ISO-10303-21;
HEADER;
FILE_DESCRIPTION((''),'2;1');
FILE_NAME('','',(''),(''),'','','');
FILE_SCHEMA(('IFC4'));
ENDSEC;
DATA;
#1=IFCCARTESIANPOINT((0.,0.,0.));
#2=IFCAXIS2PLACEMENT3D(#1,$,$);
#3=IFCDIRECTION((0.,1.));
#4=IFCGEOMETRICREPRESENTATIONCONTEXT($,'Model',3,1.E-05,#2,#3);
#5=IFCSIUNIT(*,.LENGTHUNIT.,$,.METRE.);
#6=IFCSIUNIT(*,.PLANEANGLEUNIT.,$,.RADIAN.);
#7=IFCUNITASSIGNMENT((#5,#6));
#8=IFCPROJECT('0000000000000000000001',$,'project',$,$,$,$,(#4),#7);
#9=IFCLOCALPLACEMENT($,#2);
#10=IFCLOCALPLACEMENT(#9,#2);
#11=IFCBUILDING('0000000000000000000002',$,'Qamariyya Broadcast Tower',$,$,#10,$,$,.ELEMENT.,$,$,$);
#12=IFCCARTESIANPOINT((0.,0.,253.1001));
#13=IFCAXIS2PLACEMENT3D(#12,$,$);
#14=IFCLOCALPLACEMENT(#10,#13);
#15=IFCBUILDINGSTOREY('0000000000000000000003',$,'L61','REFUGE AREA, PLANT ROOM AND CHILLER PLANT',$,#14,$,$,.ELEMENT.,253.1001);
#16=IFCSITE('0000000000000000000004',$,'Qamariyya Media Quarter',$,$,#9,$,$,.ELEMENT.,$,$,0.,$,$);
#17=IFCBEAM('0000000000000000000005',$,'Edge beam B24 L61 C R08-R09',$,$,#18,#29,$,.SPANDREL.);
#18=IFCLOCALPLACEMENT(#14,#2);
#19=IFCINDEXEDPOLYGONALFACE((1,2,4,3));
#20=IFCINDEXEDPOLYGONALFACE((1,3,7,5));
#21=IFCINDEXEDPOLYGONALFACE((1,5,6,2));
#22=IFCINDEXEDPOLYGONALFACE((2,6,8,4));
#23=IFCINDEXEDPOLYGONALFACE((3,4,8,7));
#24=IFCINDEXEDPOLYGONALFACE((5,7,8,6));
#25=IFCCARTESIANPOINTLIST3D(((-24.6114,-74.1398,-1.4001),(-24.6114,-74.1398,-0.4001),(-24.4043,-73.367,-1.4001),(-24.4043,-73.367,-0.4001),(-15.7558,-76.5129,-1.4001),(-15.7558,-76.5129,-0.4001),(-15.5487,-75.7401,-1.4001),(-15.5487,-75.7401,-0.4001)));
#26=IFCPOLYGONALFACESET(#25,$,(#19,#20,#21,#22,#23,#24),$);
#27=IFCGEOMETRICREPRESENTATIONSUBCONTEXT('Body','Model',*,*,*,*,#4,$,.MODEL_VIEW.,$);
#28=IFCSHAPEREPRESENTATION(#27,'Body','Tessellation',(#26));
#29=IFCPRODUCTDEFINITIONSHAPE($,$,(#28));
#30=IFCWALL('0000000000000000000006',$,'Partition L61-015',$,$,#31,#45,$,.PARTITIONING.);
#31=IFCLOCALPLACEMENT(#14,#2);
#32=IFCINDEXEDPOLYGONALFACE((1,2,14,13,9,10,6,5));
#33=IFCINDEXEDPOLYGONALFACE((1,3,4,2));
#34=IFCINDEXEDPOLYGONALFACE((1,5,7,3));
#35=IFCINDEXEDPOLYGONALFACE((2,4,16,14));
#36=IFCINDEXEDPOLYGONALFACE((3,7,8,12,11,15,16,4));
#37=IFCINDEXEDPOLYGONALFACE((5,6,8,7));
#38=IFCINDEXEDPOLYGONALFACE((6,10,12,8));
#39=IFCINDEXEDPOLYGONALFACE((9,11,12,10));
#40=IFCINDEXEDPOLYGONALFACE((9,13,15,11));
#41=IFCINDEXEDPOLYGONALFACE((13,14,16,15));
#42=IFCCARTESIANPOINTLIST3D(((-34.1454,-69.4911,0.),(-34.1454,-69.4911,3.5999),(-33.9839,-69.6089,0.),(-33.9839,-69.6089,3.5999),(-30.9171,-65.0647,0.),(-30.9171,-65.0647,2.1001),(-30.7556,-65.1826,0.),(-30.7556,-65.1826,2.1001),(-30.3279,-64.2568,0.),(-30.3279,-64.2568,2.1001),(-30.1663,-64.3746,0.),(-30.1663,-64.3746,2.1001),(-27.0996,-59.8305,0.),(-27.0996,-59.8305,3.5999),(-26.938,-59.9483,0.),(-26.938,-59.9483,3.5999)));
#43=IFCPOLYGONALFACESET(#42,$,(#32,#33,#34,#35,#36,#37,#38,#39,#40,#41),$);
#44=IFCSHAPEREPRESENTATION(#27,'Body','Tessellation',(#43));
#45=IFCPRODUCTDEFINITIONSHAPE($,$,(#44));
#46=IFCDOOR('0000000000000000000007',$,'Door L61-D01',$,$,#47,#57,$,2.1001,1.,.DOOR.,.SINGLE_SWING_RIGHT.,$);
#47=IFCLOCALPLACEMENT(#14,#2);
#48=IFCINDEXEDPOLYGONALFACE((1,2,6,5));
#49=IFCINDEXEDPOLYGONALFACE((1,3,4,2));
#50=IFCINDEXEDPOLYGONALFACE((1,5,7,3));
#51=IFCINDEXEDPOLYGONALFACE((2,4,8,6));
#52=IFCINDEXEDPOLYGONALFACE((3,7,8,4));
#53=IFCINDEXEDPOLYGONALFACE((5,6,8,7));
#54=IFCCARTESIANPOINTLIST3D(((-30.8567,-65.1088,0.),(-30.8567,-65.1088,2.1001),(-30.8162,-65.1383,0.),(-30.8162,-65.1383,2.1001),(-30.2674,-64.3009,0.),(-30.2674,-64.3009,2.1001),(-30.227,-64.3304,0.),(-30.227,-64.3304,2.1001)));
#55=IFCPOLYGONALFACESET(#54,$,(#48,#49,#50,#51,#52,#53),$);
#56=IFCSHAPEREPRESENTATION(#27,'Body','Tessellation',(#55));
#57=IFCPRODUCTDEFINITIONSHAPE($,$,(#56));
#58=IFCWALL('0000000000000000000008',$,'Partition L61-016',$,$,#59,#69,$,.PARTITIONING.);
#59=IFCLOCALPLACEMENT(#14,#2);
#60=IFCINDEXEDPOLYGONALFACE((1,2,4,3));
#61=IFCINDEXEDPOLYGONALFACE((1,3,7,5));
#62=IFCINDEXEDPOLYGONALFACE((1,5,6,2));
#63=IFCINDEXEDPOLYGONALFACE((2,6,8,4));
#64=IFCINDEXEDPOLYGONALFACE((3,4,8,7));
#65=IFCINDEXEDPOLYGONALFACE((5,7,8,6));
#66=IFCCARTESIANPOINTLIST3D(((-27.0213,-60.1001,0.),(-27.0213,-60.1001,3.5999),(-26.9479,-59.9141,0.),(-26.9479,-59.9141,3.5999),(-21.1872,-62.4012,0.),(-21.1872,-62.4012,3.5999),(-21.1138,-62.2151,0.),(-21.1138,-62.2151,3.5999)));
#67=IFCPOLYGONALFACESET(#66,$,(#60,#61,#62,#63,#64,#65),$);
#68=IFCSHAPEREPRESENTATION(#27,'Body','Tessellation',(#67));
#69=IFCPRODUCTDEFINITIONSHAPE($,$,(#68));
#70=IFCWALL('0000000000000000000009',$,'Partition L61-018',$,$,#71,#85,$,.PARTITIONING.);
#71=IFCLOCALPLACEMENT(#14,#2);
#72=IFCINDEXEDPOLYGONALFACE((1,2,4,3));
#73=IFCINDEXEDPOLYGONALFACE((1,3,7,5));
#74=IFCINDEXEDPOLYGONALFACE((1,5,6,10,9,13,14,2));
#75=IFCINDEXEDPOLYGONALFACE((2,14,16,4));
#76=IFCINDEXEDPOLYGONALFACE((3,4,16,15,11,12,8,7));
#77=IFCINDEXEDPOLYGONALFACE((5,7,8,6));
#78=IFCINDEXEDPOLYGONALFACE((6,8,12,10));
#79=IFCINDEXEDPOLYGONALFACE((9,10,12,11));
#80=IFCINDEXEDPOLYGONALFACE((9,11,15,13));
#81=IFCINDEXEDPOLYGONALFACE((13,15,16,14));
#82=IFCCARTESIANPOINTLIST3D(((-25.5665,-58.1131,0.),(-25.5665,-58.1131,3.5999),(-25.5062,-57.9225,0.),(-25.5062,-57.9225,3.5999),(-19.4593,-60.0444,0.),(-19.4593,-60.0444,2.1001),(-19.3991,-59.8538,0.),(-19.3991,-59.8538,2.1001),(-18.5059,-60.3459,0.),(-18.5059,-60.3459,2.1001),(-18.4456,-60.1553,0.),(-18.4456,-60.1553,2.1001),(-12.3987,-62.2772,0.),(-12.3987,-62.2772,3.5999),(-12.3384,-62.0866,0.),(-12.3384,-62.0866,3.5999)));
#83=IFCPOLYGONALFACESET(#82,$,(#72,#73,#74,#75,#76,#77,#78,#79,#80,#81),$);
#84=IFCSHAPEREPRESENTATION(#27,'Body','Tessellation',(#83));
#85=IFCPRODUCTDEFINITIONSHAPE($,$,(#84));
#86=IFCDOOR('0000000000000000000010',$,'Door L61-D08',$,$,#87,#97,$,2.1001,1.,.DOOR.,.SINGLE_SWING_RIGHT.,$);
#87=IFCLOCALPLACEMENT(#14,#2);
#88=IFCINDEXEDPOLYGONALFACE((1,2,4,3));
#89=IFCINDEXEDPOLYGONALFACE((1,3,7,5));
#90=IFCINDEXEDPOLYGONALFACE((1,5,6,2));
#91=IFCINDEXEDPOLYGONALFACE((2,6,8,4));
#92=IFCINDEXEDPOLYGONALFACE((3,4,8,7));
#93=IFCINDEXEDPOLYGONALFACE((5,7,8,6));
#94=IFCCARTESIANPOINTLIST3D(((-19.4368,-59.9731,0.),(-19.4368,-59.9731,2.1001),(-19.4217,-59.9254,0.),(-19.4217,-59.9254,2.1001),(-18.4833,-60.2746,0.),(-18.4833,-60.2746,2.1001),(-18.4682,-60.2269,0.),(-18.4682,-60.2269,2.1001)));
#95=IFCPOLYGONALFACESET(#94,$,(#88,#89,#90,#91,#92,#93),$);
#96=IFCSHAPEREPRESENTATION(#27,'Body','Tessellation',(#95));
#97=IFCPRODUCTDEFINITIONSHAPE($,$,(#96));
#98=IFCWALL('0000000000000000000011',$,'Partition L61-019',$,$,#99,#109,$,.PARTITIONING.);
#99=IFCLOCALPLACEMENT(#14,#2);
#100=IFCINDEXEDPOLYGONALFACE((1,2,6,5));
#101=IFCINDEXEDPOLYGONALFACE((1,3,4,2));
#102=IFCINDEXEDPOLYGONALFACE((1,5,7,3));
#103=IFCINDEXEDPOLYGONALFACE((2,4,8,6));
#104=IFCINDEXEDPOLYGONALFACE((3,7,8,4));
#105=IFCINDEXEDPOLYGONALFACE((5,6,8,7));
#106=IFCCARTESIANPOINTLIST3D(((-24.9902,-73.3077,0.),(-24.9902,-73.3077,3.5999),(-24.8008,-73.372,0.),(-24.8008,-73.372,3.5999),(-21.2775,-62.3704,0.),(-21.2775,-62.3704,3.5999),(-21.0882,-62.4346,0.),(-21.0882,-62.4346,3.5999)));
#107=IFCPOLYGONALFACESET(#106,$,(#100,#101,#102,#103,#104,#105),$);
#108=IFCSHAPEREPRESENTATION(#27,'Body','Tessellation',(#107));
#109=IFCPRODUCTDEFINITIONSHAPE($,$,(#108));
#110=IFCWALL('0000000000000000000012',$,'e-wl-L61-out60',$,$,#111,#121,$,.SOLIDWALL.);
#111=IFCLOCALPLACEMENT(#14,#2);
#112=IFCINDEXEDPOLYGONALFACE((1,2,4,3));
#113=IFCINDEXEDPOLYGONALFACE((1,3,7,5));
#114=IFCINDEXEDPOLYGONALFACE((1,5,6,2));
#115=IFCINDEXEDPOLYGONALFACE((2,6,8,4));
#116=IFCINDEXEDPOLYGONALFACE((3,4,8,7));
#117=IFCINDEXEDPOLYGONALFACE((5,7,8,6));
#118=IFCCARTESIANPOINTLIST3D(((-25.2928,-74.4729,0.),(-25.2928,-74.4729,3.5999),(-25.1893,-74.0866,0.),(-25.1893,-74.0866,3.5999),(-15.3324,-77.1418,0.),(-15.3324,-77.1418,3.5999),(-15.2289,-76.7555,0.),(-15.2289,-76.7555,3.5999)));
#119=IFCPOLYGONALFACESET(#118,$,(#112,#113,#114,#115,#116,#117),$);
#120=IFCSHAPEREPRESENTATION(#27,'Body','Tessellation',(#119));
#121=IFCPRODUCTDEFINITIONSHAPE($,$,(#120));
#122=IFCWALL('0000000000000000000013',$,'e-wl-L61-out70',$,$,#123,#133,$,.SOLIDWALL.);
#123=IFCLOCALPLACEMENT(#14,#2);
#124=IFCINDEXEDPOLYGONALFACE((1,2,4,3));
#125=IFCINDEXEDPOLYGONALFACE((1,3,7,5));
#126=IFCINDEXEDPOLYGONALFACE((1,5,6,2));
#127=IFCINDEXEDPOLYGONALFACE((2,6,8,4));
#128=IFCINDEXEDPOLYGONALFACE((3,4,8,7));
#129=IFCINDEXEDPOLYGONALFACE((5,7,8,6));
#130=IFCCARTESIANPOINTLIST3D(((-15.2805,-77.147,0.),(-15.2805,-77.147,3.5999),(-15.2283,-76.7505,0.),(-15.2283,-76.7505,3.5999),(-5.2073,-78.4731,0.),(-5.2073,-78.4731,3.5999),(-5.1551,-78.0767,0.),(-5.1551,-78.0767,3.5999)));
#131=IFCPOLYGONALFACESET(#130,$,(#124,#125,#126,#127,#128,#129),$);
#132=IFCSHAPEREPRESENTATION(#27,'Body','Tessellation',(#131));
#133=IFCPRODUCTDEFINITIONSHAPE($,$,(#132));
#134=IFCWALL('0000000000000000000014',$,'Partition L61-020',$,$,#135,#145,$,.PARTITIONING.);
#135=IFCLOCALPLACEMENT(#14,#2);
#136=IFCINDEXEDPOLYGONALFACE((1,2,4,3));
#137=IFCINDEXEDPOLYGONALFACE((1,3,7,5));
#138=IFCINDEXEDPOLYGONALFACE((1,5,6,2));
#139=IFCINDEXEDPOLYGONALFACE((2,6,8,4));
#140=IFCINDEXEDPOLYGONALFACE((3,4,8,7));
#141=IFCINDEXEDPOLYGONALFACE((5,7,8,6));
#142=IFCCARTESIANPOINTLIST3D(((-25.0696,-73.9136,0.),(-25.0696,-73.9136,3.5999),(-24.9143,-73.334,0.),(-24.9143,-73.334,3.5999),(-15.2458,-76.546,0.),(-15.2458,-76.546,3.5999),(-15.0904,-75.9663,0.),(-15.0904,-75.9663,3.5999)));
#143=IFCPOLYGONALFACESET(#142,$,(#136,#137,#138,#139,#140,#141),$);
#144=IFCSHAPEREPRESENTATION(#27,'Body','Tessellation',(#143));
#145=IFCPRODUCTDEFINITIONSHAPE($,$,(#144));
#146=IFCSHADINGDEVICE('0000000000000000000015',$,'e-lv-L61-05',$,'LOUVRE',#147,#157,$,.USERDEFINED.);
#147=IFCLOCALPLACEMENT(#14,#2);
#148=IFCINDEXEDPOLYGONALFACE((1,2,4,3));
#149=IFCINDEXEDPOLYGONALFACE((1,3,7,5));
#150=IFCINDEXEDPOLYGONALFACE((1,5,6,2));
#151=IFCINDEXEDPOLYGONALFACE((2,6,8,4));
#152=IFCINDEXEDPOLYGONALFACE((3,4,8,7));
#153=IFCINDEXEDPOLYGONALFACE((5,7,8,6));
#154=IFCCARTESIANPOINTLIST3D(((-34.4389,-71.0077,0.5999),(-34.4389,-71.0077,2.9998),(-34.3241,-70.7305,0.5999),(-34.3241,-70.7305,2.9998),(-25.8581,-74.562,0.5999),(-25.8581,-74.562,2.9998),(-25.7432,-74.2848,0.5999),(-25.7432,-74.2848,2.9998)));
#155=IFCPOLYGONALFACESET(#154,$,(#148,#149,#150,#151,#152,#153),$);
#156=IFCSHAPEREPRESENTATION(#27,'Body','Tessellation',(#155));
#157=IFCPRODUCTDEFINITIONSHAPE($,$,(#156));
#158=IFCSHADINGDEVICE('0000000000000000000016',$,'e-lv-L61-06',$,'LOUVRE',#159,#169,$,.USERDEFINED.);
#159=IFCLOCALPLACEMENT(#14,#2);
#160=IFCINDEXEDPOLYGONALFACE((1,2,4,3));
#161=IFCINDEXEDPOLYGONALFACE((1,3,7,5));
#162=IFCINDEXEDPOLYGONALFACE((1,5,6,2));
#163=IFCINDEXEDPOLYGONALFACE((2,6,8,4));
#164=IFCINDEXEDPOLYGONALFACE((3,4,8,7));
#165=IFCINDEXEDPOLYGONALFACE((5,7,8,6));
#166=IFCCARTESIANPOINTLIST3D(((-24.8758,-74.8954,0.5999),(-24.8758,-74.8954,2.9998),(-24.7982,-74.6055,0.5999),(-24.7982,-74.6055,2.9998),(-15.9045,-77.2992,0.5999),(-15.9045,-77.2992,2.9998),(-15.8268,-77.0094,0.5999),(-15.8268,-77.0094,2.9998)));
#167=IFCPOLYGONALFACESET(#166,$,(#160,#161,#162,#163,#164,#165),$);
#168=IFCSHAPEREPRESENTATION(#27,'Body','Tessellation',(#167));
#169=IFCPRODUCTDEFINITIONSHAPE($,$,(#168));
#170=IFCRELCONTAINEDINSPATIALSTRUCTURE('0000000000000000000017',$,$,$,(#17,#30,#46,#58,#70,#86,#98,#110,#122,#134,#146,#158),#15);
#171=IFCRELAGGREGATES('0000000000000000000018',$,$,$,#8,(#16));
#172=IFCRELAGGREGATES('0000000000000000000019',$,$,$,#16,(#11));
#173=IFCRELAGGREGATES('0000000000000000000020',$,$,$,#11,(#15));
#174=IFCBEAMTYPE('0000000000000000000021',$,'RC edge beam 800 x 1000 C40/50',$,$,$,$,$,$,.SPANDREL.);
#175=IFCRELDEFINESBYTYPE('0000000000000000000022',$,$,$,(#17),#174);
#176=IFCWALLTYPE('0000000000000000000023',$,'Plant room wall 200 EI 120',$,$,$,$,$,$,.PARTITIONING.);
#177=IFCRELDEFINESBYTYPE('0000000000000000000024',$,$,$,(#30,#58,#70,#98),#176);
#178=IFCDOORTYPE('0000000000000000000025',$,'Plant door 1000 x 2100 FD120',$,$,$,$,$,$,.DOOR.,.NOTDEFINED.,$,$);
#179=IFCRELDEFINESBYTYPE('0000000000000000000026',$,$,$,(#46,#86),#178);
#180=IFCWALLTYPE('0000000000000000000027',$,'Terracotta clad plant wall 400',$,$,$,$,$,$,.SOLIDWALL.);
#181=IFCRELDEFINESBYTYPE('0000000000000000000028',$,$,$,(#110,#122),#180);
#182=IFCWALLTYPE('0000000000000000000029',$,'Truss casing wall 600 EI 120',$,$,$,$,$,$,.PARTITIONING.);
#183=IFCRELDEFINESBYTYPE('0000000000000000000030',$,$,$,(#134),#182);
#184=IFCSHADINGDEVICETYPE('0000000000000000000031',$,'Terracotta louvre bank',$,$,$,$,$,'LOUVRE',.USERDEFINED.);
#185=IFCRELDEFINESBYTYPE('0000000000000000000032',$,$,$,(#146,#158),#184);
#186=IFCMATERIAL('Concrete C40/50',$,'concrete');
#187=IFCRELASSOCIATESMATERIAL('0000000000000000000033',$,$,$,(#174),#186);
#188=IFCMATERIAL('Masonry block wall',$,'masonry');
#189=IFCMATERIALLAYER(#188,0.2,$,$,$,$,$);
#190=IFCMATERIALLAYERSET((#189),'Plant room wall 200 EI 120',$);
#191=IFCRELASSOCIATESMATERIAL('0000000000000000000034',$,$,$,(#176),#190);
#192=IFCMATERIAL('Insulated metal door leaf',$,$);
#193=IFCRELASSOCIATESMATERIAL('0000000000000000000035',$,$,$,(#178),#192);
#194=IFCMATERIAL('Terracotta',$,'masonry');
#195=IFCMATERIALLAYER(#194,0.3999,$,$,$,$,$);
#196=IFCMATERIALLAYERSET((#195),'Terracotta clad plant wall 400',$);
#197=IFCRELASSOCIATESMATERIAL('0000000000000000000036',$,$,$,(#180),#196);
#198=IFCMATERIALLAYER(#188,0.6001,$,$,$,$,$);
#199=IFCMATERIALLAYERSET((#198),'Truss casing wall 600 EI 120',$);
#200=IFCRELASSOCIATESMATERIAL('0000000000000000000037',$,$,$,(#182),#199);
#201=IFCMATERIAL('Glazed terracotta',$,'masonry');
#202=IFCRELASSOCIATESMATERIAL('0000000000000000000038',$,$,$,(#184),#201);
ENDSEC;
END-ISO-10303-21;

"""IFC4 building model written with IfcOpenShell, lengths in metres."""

from ifc_helpers import new_model, si_unit, direction, frame, frame_2d, origin, origin_2d, place, context, subcontext, project, spatial, rectangle, extrude, material, layer, layer_set, material_profile, profile_set, type_object, element, fill, save


model = new_model("IFC4")

# Units and contexts
model_context = context("Model", 3, precision=1e-05, world=origin(), true_north=direction((0.0, 1.0)))
body_context = subcontext(model_context, "Body", "Model", "MODEL_VIEW")
ifc_project = project(units=[si_unit("LENGTHUNIT", "METRE"), si_unit("PLANEANGLEUNIT", "RADIAN")], contexts=[model_context])

# Site, building, storey
site_placement = place(None, origin())
site = spatial("IfcSite", under=ifc_project, at=site_placement, Name="Qamariyya Media Quarter", CompositionType="ELEMENT", RefElevation=0.0)
building_placement = place(site_placement, origin())
building = spatial("IfcBuilding", under=site, at=building_placement, Name="Qamariyya Broadcast Tower", CompositionType="ELEMENT")
storey_placement = place(building_placement, frame((0.0, 0.0, 253.1001)))
storey = spatial("IfcBuildingStorey", under=building, at=storey_placement, Name="L61", Description="REFUGE AREA, PLANT ROOM AND CHILLER PLANT", CompositionType="ELEMENT", Elevation=253.1001)

# Beam
ifc_material_1 = material(Name="Concrete C40/50", Category="concrete")
ifc_material_profile_1 = material_profile(ifc_material_1, rectangle(XDim=0.8, YDim=1.0, at=origin_2d()))
ifc_profile_set_1 = profile_set([ifc_material_profile_1], Name="Concrete C40/50")
beam_type = type_object("IfcBeamType", Name="RC edge beam 800 x 1000 C40/50", PredefinedType="SPANDREL", material=ifc_profile_set_1)
beam_placement = place(storey_placement, frame((-24.5078, -73.7534, -0.9001), z_axis=(0.96592, -0.258843, 0.0), x_axis=(0.258843, 0.96592, 0.0)))
element("IfcBeam", 1, at=beam_placement, inside=storey, type_object=beam_type, Name="Edge beam B24 L61 C R08-R09", PredefinedType="SPANDREL", context=body_context, shape_type="SweptSolid", body=[
    extrude(rectangle(XDim=0.8, YDim=1.0, at=origin_2d()), origin(), (0.0, 0.0, 1.0), 9.168),
])

# Wall, opening, door
ifc_material_2 = material(Name="Masonry block wall", Category="masonry")
ifc_layer_1 = layer(ifc_material_2, 0.2)
ifc_layer_set_1 = layer_set([ifc_layer_1], Name="Plant room wall 200 EI 120")
wall_type_1 = type_object("IfcWallType", Name="Plant room wall 200 EI 120", PredefinedType="PARTITIONING", material=ifc_layer_set_1)
wall_1_placement = place(storey_placement, frame((-27.0188, -59.8894, 0.0), z_axis=(0.0, 0.0, 1.0), x_axis=(-0.589264, -0.807941, 0.0)))
wall_1 = element("IfcWall", 2, at=wall_1_placement, inside=storey, type_object=wall_type_1, Name="Partition L61-015", PredefinedType="PARTITIONING", context=body_context, shape_type="SweptSolid", body=[
    extrude(rectangle(XDim=11.957, YDim=0.2, at=frame_2d((5.9785, 0.0))), origin(), (0.0, 0.0, 1.0), 3.5999),
])
opening_1_placement = place(wall_1_placement, frame((5.4785, 0.0, 0.0)))
opening_1 = element("IfcOpeningElement", 3, at=opening_1_placement, cuts=wall_1, PredefinedType="OPENING", context=body_context, shape_type="SweptSolid", body=[
    extrude(rectangle(XDim=1.0, YDim=2.1001, at=frame_2d((0.5, 1.05))), frame((0.0, 0.1099, 0.0), z_axis=(0.0, -1.0, 0.0), x_axis=(1.0, 0.0, 0.0)), (0.0, 0.0, 1.0), 0.22),
])
ifc_material_3 = material(Name="Insulated metal door leaf")
door_type = type_object("IfcDoorType", Name="Plant door 1000 x 2100 FD120", OperationType="NOTDEFINED", PredefinedType="DOOR", material=ifc_material_3)
door_1_placement = place(opening_1_placement, origin())
door_1 = element("IfcDoor", 4, at=door_1_placement, inside=storey, type_object=door_type, Name="Door L61-D01", OperationType="SINGLE_SWING_RIGHT", OverallHeight=2.1001, OverallWidth=1.0, PredefinedType="DOOR", context=body_context, shape_type="SweptSolid", body=[
    extrude(rectangle(XDim=1.0, YDim=2.1001, at=frame_2d((0.5, 1.05))), frame((0.0, 0.0249, 0.0), z_axis=(0.0, -1.0, 0.0), x_axis=(1.0, 0.0, 0.0)), (0.0, 0.0, 1.0), 0.05),
])
fill(opening_1, door_1)

# Wall
wall_2_placement = place(storey_placement, frame((-26.9846, -60.0071, 0.0), z_axis=(0.0, 0.0, 1.0), x_axis=(0.930257, -0.366909, 0.0)))
element("IfcWall", 5, at=wall_2_placement, inside=storey, type_object=wall_type_1, Name="Partition L61-016", PredefinedType="PARTITIONING", context=body_context, shape_type="SweptSolid", body=[
    extrude(rectangle(XDim=6.2715, YDim=0.2, at=frame_2d((3.1357, 0.0))), origin(), (0.0, 0.0, 1.0), 3.5999),
])

# Wall, opening, door
wall_3_placement = place(storey_placement, frame((-25.5364, -58.0178, 0.0), z_axis=(0.0, 0.0, 1.0), x_axis=(0.953461, -0.301515, 0.0)))
wall_3 = element("IfcWall", 6, at=wall_3_placement, inside=storey, type_object=wall_type_1, Name="Partition L61-018", PredefinedType="PARTITIONING", context=body_context, shape_type="SweptSolid", body=[
    extrude(rectangle(XDim=13.8105, YDim=0.2, at=frame_2d((6.9053, 0.0))), origin(), (0.0, 0.0, 1.0), 3.5999),
])
opening_2_placement = place(wall_3_placement, frame((6.4053, 0.0, 0.0)))
opening_2 = element("IfcOpeningElement", 7, at=opening_2_placement, cuts=wall_3, PredefinedType="OPENING", context=body_context, shape_type="SweptSolid", body=[
    extrude(rectangle(XDim=1.0, YDim=2.1001, at=frame_2d((0.5, 1.05))), frame((0.0, 0.1099, 0.0), z_axis=(0.0, -1.0, 0.0), x_axis=(1.0, 0.0, 0.0)), (0.0, 0.0, 1.0), 0.22),
])
door_2_placement = place(opening_2_placement, origin())
door_2 = element("IfcDoor", 8, at=door_2_placement, inside=storey, type_object=door_type, Name="Door L61-D08", OperationType="SINGLE_SWING_RIGHT", OverallHeight=2.1001, OverallWidth=1.0, PredefinedType="DOOR", context=body_context, shape_type="SweptSolid", body=[
    extrude(rectangle(XDim=1.0, YDim=2.1001, at=frame_2d((0.5, 1.05))), frame((0.0, 0.0249, 0.0), z_axis=(0.0, -1.0, 0.0), x_axis=(1.0, 0.0, 0.0)), (0.0, 0.0, 1.0), 0.05),
])
fill(opening_2, door_2)

# Walls
wall_4_placement = place(storey_placement, frame((-24.8955, -73.3398, 0.0), z_axis=(0.0, 0.0, 1.0), x_axis=(0.321435, 0.946931, 0.0)))
element("IfcWall", 9, at=wall_4_placement, inside=storey, type_object=wall_type_1, Name="Partition L61-019", PredefinedType="PARTITIONING", context=body_context, shape_type="SweptSolid", body=[
    extrude(rectangle(XDim=11.5503, YDim=0.2, at=frame_2d((5.7751, 0.0))), origin(), (0.0, 0.0, 1.0), 3.5999),
])
ifc_material_4 = material(Name="Terracotta", Category="masonry")
ifc_layer_2 = layer(ifc_material_4, 0.3999)
ifc_layer_set_2 = layer_set([ifc_layer_2], Name="Terracotta clad plant wall 400")
wall_type_2 = type_object("IfcWallType", Name="Terracotta clad plant wall 400", PredefinedType="SOLIDWALL", material=ifc_layer_set_2)
wall_5_placement = place(storey_placement, frame((-25.241, -74.2798, 0.0), z_axis=(0.0, 0.0, 1.0), x_axis=(0.965925, -0.258824, 0.0)))
element("IfcWall", 10, at=wall_5_placement, inside=storey, type_object=wall_type_2, Name="e-wl-L61-out60", PredefinedType="SOLIDWALL", context=body_context, shape_type="SweptSolid", body=[
    extrude(rectangle(XDim=10.3118, YDim=0.3999, at=frame_2d((5.1558, 0.0))), origin(), (0.0, 0.0, 1.0), 3.5999),
])
wall_6_placement = place(storey_placement, frame((-15.2544, -76.9487, 0.0), z_axis=(0.0, 0.0, 1.0), x_axis=(0.991445, -0.130527, 0.0)))
element("IfcWall", 11, at=wall_6_placement, inside=storey, type_object=wall_type_2, Name="e-wl-L61-out70", PredefinedType="SOLIDWALL", context=body_context, shape_type="SweptSolid", body=[
    extrude(rectangle(XDim=10.1602, YDim=0.3999, at=frame_2d((5.0801, 0.0))), origin(), (0.0, 0.0, 1.0), 3.5999),
])
ifc_layer_3 = layer(ifc_material_2, 0.6001)
ifc_layer_set_3 = layer_set([ifc_layer_3], Name="Truss casing wall 600 EI 120")
wall_type_3 = type_object("IfcWallType", Name="Truss casing wall 600 EI 120", PredefinedType="PARTITIONING", material=ifc_layer_set_3)
wall_7_placement = place(storey_placement, frame((-24.9919, -73.6238, 0.0), z_axis=(0.0, 0.0, 1.0), x_axis=(0.965924, -0.258825, 0.0)))
element("IfcWall", 12, at=wall_7_placement, inside=storey, type_object=wall_type_3, Name="Partition L61-020", PredefinedType="PARTITIONING", context=body_context, shape_type="SweptSolid", body=[
    extrude(rectangle(XDim=10.1704, YDim=0.6001, at=frame_2d((5.0852, 0.0))), origin(), (0.0, 0.0, 1.0), 3.5999),
])

# Shading devices
ifc_material_5 = material(Name="Glazed terracotta", Category="masonry")
shading_device_type = type_object("IfcShadingDeviceType", Name="Terracotta louvre bank", ElementType="LOUVRE", PredefinedType="USERDEFINED", material=ifc_material_5)
for number, where, z_axis, x_axis, name in (
    (13, (-30.0911, -72.6462, 0.5999), (0.0, 0.0, 1.0), (0.92388, -0.382683, 0.0), "e-lv-L61-05"),
    (14, (-20.3513, -75.9524, 0.5999), (0.0, 0.0, 1.0), (0.965926, -0.258819, 0.0), "e-lv-L61-06"),
):
    element("IfcShadingDevice", number, at=place(storey_placement, frame(where, z_axis=z_axis, x_axis=x_axis)), inside=storey, type_object=shading_device_type, Name=name, ObjectType="LOUVRE", PredefinedType="USERDEFINED", context=body_context, shape_type="SweptSolid", body=[
        extrude(rectangle(XDim=9.2878, YDim=0.3, at=origin_2d()), origin(), (0.0, 0.0, 1.0), 2.3999),
    ])

save(model, "model.ifc")
